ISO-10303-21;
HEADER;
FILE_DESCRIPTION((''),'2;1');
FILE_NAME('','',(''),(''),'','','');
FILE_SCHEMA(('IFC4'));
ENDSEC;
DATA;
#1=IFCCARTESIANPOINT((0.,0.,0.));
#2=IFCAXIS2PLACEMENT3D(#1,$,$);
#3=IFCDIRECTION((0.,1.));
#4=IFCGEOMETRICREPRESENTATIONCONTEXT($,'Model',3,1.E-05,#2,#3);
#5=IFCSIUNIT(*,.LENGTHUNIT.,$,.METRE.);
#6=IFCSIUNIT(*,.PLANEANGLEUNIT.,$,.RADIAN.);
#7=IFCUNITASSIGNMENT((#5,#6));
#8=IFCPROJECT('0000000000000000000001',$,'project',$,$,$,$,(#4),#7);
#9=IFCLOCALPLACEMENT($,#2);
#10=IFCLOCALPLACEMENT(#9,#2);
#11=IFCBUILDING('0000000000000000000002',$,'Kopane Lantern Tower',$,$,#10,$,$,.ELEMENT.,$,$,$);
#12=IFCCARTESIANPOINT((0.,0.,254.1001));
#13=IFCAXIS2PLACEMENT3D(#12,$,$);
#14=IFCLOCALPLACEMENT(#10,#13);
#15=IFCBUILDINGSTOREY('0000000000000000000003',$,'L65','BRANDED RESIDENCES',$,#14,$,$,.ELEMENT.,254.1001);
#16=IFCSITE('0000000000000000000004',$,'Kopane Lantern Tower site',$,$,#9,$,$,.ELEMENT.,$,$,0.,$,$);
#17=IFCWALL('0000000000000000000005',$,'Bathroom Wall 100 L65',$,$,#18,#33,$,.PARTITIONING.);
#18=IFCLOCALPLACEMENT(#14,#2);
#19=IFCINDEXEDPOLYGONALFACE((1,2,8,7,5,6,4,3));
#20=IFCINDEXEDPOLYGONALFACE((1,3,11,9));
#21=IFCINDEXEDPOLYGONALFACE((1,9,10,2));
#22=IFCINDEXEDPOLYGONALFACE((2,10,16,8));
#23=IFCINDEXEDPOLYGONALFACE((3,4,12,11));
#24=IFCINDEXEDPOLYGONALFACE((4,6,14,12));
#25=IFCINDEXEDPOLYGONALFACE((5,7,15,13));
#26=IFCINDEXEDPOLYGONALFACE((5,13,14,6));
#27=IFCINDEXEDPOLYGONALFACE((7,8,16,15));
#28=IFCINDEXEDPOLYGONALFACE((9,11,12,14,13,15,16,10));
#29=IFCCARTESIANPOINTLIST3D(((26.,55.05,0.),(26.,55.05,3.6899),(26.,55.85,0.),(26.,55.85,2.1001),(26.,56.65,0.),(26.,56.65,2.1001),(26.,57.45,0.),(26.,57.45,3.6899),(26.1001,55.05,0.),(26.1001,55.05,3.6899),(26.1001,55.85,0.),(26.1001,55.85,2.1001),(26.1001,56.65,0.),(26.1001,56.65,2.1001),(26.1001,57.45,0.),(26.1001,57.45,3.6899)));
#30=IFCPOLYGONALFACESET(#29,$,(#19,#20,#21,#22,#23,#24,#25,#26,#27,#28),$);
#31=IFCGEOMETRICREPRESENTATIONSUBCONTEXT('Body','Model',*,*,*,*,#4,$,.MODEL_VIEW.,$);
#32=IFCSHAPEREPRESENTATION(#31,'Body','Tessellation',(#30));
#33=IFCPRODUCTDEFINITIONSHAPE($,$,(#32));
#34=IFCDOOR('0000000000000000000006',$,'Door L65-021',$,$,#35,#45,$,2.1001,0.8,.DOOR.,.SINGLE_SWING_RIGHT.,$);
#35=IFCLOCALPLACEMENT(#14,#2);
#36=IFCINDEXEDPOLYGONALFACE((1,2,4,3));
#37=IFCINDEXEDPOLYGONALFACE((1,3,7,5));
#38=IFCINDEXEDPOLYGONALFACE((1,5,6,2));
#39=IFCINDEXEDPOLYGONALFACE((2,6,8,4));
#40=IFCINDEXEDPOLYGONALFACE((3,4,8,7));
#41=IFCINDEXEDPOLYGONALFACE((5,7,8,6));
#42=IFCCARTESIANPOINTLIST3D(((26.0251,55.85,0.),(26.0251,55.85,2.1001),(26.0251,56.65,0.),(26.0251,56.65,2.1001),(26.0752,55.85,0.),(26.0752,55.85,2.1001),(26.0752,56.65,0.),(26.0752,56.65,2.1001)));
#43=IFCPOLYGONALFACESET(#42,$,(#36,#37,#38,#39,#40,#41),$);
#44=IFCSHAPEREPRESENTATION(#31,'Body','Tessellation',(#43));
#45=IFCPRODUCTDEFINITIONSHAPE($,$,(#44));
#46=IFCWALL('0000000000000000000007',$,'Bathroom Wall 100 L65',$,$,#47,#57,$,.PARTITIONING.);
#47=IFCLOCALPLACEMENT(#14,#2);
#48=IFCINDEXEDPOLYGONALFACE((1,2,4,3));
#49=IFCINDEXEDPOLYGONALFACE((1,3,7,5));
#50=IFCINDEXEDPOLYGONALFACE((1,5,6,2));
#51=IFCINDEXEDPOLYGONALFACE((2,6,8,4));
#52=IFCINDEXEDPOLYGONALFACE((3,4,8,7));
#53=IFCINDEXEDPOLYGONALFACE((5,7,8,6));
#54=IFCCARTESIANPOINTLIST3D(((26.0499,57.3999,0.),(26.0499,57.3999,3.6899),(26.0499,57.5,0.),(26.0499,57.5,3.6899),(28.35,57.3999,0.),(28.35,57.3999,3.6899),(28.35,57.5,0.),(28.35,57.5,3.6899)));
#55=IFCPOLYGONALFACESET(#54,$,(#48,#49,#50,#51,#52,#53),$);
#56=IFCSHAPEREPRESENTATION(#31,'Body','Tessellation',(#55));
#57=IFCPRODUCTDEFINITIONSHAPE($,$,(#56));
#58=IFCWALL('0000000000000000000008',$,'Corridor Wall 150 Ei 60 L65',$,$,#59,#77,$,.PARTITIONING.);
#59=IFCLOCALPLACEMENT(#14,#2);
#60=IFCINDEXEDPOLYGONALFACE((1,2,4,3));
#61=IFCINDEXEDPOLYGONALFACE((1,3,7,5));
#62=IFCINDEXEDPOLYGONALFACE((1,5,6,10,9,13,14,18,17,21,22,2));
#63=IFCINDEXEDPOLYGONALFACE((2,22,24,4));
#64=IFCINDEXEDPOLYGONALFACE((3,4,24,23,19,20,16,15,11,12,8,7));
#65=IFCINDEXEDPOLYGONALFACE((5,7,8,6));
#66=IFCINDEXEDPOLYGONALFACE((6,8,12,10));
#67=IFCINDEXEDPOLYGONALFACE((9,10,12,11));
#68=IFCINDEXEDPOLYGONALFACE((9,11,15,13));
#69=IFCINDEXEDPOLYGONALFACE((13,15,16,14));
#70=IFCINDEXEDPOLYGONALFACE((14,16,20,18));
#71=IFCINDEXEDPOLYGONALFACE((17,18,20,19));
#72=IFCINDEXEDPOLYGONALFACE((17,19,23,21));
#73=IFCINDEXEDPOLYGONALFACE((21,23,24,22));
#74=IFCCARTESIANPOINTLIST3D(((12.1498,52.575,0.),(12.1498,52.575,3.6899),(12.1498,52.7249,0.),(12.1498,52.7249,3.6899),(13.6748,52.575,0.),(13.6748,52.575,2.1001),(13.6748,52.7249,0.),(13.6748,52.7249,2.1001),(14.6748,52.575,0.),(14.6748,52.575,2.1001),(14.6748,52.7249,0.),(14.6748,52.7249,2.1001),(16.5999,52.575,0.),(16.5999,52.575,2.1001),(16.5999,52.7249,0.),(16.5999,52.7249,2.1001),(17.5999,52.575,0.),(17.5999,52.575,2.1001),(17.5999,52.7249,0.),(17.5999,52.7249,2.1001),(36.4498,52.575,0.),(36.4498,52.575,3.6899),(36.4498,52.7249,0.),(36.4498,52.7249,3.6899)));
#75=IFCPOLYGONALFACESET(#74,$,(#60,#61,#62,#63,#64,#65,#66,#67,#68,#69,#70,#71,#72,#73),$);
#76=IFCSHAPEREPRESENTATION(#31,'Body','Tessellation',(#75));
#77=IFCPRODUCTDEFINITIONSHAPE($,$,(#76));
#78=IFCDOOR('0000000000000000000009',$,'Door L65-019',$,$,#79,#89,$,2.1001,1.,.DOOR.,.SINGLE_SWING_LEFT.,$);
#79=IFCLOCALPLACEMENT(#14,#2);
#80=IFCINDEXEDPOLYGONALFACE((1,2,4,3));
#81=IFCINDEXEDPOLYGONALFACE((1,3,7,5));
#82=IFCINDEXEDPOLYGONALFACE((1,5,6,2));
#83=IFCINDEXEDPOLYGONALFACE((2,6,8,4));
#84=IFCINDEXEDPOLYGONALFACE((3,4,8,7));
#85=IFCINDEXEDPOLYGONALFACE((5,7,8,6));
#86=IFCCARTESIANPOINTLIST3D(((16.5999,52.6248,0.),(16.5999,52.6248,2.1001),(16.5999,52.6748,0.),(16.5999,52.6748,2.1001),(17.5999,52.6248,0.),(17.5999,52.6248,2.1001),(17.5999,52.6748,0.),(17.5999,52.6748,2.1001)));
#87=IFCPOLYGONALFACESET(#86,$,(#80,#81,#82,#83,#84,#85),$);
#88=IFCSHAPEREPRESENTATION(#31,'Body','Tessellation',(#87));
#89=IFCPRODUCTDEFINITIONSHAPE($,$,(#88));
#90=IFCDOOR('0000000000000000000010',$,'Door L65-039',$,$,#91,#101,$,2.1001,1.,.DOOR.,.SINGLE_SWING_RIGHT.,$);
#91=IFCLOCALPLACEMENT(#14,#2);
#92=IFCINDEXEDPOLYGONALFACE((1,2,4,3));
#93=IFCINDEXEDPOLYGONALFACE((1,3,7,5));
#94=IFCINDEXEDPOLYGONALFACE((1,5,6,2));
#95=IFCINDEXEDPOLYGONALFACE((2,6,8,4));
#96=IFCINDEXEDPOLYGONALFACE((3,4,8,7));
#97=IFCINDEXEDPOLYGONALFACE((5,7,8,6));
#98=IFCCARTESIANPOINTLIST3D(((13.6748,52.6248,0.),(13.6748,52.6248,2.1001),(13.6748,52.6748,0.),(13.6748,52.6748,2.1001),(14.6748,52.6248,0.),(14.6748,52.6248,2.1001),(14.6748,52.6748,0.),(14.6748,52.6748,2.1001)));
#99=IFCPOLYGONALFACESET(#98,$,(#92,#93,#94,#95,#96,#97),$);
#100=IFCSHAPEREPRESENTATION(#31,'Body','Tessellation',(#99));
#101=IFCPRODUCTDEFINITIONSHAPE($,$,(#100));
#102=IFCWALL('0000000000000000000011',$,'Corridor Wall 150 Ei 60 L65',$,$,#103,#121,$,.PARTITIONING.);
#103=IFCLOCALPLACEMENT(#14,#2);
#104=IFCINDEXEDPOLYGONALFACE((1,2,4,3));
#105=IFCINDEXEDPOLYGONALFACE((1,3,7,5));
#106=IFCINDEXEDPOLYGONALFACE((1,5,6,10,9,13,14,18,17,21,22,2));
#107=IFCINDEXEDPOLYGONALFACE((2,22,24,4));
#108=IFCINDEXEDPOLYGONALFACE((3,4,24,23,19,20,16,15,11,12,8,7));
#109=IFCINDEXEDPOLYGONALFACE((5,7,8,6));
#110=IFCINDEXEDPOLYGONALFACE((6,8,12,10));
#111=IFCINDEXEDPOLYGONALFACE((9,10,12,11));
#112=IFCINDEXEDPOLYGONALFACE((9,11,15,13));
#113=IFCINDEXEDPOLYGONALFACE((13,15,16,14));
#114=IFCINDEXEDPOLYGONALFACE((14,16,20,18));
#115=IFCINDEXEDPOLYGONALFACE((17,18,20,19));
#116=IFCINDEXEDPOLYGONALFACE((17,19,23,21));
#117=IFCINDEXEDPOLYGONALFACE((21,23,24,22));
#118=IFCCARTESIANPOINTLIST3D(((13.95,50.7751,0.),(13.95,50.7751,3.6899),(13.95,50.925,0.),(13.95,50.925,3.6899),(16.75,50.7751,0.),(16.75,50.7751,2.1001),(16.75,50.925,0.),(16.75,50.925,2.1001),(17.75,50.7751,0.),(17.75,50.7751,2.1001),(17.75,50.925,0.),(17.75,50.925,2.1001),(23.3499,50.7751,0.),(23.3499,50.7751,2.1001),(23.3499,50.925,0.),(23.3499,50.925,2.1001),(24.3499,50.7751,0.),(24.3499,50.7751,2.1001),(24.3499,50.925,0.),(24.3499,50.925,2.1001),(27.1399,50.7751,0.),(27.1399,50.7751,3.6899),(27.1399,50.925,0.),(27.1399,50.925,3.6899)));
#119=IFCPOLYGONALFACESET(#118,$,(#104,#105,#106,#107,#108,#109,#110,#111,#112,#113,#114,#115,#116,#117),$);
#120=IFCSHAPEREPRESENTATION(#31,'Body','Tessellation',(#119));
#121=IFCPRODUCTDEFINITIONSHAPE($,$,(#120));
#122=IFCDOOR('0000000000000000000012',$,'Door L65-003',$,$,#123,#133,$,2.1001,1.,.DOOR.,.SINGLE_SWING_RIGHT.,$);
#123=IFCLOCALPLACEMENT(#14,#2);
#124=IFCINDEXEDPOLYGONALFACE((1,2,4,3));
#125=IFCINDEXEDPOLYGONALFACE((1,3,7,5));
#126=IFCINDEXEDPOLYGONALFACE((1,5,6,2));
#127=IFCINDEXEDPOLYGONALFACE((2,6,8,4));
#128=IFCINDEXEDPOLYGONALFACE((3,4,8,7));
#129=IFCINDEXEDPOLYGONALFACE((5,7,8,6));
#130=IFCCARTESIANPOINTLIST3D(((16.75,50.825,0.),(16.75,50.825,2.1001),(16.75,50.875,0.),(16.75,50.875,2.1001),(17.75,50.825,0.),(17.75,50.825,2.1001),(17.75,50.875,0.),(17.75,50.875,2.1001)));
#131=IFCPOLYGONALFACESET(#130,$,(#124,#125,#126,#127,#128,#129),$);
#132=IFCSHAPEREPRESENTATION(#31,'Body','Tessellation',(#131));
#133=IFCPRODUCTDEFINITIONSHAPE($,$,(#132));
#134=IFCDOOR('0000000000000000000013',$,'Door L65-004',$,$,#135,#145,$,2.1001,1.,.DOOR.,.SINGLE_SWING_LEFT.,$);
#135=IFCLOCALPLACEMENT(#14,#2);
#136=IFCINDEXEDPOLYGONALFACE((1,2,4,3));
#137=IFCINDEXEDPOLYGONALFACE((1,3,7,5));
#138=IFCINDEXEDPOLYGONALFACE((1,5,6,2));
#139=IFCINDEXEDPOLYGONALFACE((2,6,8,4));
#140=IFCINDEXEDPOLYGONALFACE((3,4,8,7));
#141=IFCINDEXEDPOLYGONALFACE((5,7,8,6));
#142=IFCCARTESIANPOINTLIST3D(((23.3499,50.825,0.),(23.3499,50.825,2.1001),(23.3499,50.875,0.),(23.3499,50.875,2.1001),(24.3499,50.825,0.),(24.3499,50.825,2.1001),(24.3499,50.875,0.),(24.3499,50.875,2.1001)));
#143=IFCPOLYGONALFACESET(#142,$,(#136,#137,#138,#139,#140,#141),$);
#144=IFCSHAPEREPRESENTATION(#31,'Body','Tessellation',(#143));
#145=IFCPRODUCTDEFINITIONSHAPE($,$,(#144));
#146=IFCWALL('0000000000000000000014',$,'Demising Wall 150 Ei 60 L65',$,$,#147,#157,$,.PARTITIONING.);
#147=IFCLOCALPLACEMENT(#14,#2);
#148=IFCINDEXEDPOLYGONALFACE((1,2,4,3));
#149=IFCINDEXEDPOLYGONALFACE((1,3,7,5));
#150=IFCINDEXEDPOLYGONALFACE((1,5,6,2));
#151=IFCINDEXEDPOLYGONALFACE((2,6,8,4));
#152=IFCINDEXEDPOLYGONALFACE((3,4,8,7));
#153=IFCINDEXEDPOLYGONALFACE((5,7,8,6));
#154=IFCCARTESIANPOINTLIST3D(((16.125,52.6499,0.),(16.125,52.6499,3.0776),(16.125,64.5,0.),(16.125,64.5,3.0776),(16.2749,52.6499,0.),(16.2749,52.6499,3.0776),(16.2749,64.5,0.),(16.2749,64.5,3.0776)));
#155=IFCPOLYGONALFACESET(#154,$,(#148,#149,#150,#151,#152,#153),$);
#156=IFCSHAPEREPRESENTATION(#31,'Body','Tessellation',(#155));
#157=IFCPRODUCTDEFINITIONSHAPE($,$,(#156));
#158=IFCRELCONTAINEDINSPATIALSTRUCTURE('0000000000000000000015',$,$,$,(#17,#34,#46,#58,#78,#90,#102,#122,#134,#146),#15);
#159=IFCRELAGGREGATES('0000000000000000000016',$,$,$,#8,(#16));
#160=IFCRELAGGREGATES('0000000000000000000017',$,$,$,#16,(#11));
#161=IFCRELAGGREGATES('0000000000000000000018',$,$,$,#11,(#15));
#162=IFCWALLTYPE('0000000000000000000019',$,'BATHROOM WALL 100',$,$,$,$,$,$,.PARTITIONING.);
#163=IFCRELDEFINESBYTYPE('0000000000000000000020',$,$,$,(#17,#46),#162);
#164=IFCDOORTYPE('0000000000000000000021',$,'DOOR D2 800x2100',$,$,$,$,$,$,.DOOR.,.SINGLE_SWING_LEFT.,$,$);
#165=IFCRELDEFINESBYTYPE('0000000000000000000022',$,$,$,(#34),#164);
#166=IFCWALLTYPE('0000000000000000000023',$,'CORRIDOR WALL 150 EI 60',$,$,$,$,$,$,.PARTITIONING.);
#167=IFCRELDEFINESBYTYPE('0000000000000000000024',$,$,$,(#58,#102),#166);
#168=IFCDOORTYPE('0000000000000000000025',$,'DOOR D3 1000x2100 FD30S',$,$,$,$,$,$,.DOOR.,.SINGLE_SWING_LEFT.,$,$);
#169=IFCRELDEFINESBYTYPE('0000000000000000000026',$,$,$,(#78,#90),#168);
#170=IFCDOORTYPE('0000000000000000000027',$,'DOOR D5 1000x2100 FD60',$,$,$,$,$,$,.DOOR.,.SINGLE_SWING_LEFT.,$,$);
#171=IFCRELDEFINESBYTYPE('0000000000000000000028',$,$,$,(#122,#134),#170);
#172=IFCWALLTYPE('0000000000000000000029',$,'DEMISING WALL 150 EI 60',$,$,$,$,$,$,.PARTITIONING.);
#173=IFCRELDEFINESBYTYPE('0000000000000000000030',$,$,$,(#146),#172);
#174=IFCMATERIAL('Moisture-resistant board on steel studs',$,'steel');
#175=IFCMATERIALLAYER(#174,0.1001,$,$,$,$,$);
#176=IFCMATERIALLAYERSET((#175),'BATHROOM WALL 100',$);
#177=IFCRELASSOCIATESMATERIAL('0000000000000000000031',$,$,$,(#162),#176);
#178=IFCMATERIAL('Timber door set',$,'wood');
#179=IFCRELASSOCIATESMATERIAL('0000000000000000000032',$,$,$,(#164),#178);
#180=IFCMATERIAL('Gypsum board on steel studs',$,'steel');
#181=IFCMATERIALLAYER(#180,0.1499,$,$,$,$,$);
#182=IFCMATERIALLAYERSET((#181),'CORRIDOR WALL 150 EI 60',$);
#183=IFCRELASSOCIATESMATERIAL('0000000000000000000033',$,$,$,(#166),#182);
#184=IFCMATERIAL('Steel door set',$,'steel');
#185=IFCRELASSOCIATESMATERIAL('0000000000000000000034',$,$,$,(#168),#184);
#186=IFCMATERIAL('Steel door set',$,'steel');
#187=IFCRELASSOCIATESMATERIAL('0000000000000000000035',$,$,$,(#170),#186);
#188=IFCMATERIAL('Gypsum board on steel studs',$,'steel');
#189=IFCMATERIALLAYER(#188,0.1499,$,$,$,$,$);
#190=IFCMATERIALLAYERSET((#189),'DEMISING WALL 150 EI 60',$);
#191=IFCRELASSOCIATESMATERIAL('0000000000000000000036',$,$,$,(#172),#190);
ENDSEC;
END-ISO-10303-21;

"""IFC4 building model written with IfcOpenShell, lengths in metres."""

from ifc_helpers import new_model, si_unit, direction, frame, frame_2d, origin, place, context, subcontext, project, spatial, rectangle, extrude, material, layer, layer_set, type_object, element, fill, save


model = new_model("IFC4")

# Units and contexts
model_context = context("Model", 3, precision=1e-05, world=origin(), true_north=direction((0.0, 1.0)))
body_context = subcontext(model_context, "Body", "Model", "MODEL_VIEW")
ifc_project = project(units=[si_unit("LENGTHUNIT", "METRE"), si_unit("PLANEANGLEUNIT", "RADIAN")], contexts=[model_context])

# Site, building, storey
site_placement = place(None, origin())
site = spatial("IfcSite", under=ifc_project, at=site_placement, Name="Kopane Lantern Tower site", CompositionType="ELEMENT", RefElevation=0.0)
building_placement = place(site_placement, origin())
building = spatial("IfcBuilding", under=site, at=building_placement, Name="Kopane Lantern Tower", CompositionType="ELEMENT")
storey_placement = place(building_placement, frame((0.0, 0.0, 254.1001)))
storey = spatial("IfcBuildingStorey", under=building, at=storey_placement, Name="L65", Description="BRANDED RESIDENCES", CompositionType="ELEMENT", Elevation=254.1001)

# Wall, opening, door
ifc_material_1 = material(Name="Moisture-resistant board on steel studs", Category="steel")
ifc_layer_1 = layer(ifc_material_1, 0.1001)
ifc_layer_set_1 = layer_set([ifc_layer_1], Name="BATHROOM WALL 100")
wall_type_1 = type_object("IfcWallType", Name="BATHROOM WALL 100", PredefinedType="PARTITIONING", material=ifc_layer_set_1)
wall_1_placement = place(storey_placement, frame((26.05, 55.05, 0.0), z_axis=(0.0, 0.0, 1.0), x_axis=(0.0, 1.0, 0.0)))
wall_1 = element("IfcWall", 1, at=wall_1_placement, inside=storey, type_object=wall_type_1, Name="Bathroom Wall 100 L65", PredefinedType="PARTITIONING", context=body_context, shape_type="SweptSolid", body=[
    extrude(rectangle(XDim=2.3999, YDim=0.1001, at=frame_2d((1.2, 0.0))), origin(), (0.0, 0.0, 1.0), 3.6899),
])
opening_1_placement = place(wall_1_placement, frame((0.8, 0.0, 0.0)))
opening_1 = element("IfcOpeningElement", 2, at=opening_1_placement, cuts=wall_1, PredefinedType="OPENING", context=body_context, shape_type="SweptSolid", body=[
    extrude(rectangle(XDim=0.8, YDim=2.1001, at=frame_2d((0.3999, 1.05))), frame((0.0, 0.0601, 0.0), z_axis=(0.0, -1.0, 0.0), x_axis=(1.0, 0.0, 0.0)), (0.0, 0.0, 1.0), 0.1201),
])
ifc_material_2 = material(Name="Timber door set", Category="wood")
door_type_1 = type_object("IfcDoorType", Name="DOOR D2 800x2100", OperationType="SINGLE_SWING_LEFT", PredefinedType="DOOR", material=ifc_material_2)
door_1_placement = place(opening_1_placement, origin())
door_1 = element("IfcDoor", 3, at=door_1_placement, inside=storey, type_object=door_type_1, Name="Door L65-021", OperationType="SINGLE_SWING_RIGHT", OverallHeight=2.1001, OverallWidth=0.8, PredefinedType="DOOR", context=body_context, shape_type="SweptSolid", body=[
    extrude(rectangle(XDim=0.8, YDim=2.1001, at=frame_2d((0.3999, 1.05))), frame((0.0, 0.0249, 0.0), z_axis=(0.0, -1.0, 0.0), x_axis=(1.0, 0.0, 0.0)), (0.0, 0.0, 1.0), 0.05),
])
fill(opening_1, door_1)

# Wall
wall_2_placement = place(storey_placement, frame((26.05, 57.45, 0.0), z_axis=(0.0, 0.0, 1.0), x_axis=(1.0, 0.0, 0.0)))
element("IfcWall", 4, at=wall_2_placement, inside=storey, type_object=wall_type_1, Name="Bathroom Wall 100 L65", PredefinedType="PARTITIONING", context=body_context, shape_type="SweptSolid", body=[
    extrude(rectangle(XDim=2.3, YDim=0.1001, at=frame_2d((1.1499, 0.0))), origin(), (0.0, 0.0, 1.0), 3.6899),
])

# Walls, openings, doors
ifc_material_3 = material(Name="Gypsum board on steel studs", Category="steel")
ifc_layer_2 = layer(ifc_material_3, 0.1499)
ifc_layer_set_2 = layer_set([ifc_layer_2], Name="CORRIDOR WALL 150 EI 60")
wall_type_2 = type_object("IfcWallType", Name="CORRIDOR WALL 150 EI 60", PredefinedType="PARTITIONING", material=ifc_layer_set_2)
wall_3_placement = place(storey_placement, frame((12.1499, 52.6499, 0.0), z_axis=(0.0, 0.0, 1.0), x_axis=(1.0, 0.0, 0.0)))
wall_3 = element("IfcWall", 5, at=wall_3_placement, inside=storey, type_object=wall_type_2, Name="Corridor Wall 150 Ei 60 L65", PredefinedType="PARTITIONING", context=body_context, shape_type="SweptSolid", body=[
    extrude(rectangle(XDim=24.3, YDim=0.1499, at=frame_2d((12.1499, 0.0))), origin(), (0.0, 0.0, 1.0), 3.6899),
])
opening_2_placement = place(wall_3_placement, frame((4.45, 0.0, 0.0)))
opening_2 = element("IfcOpeningElement", 6, at=opening_2_placement, cuts=wall_3, PredefinedType="OPENING", context=body_context, shape_type="SweptSolid", body=[
    extrude(rectangle(XDim=1.0, YDim=2.1001, at=frame_2d((0.5, 1.05))), frame((0.0, 0.085, 0.0), z_axis=(0.0, -1.0, 0.0), x_axis=(1.0, 0.0, 0.0)), (0.0, 0.0, 1.0), 0.1699),
])
opening_3_placement = place(wall_3_placement, frame((1.5249, 0.0, 0.0)))
opening_3 = element("IfcOpeningElement", 7, at=opening_3_placement, cuts=wall_3, PredefinedType="OPENING", context=body_context, shape_type="SweptSolid", body=[
    extrude(rectangle(XDim=1.0, YDim=2.1001, at=frame_2d((0.5, 1.05))), frame((0.0, 0.085, 0.0), z_axis=(0.0, -1.0, 0.0), x_axis=(1.0, 0.0, 0.0)), (0.0, 0.0, 1.0), 0.1699),
])
ifc_material_4 = material(Name="Steel door set", Category="steel")
door_type_2 = type_object("IfcDoorType", Name="DOOR D3 1000x2100 FD30S", OperationType="SINGLE_SWING_LEFT", PredefinedType="DOOR", material=ifc_material_4)
door_2_placement = place(opening_2_placement, origin())
door_2 = element("IfcDoor", 8, at=door_2_placement, inside=storey, type_object=door_type_2, Name="Door L65-019", OperationType="SINGLE_SWING_LEFT", OverallHeight=2.1001, OverallWidth=1.0, PredefinedType="DOOR", context=body_context, shape_type="SweptSolid", body=[
    extrude(rectangle(XDim=1.0, YDim=2.1001, at=frame_2d((0.5, 1.05))), frame((0.0, 0.0249, 0.0), z_axis=(0.0, -1.0, 0.0), x_axis=(1.0, 0.0, 0.0)), (0.0, 0.0, 1.0), 0.05),
])
fill(opening_2, door_2)
door_3_placement = place(opening_3_placement, origin())
door_3 = element("IfcDoor", 9, at=door_3_placement, inside=storey, type_object=door_type_2, Name="Door L65-039", OperationType="SINGLE_SWING_RIGHT", OverallHeight=2.1001, OverallWidth=1.0, PredefinedType="DOOR", context=body_context, shape_type="SweptSolid", body=[
    extrude(rectangle(XDim=1.0, YDim=2.1001, at=frame_2d((0.5, 1.05))), frame((0.0, 0.0249, 0.0), z_axis=(0.0, -1.0, 0.0), x_axis=(1.0, 0.0, 0.0)), (0.0, 0.0, 1.0), 0.05),
])
fill(opening_3, door_3)
wall_4_placement = place(storey_placement, frame((13.95, 50.8501, 0.0), z_axis=(0.0, 0.0, 1.0), x_axis=(1.0, 0.0, 0.0)))
wall_4 = element("IfcWall", 10, at=wall_4_placement, inside=storey, type_object=wall_type_2, Name="Corridor Wall 150 Ei 60 L65", PredefinedType="PARTITIONING", context=body_context, shape_type="SweptSolid", body=[
    extrude(rectangle(XDim=13.1899, YDim=0.1499, at=frame_2d((6.595, 0.0))), origin(), (0.0, 0.0, 1.0), 3.6899),
])
opening_4_placement = place(wall_4_placement, frame((2.8, 0.0, 0.0)))
opening_4 = element("IfcOpeningElement", 11, at=opening_4_placement, cuts=wall_4, PredefinedType="OPENING", context=body_context, shape_type="SweptSolid", body=[
    extrude(rectangle(XDim=1.0, YDim=2.1001, at=frame_2d((0.5, 1.05))), frame((0.0, 0.085, 0.0), z_axis=(0.0, -1.0, 0.0), x_axis=(1.0, 0.0, 0.0)), (0.0, 0.0, 1.0), 0.1699),
])
opening_5_placement = place(wall_4_placement, frame((9.3999, 0.0, 0.0)))
opening_5 = element("IfcOpeningElement", 12, at=opening_5_placement, cuts=wall_4, PredefinedType="OPENING", context=body_context, shape_type="SweptSolid", body=[
    extrude(rectangle(XDim=1.0, YDim=2.1001, at=frame_2d((0.5, 1.05))), frame((0.0, 0.085, 0.0), z_axis=(0.0, -1.0, 0.0), x_axis=(1.0, 0.0, 0.0)), (0.0, 0.0, 1.0), 0.1699),
])
ifc_material_5 = material(Name="Steel door set", Category="steel")
door_type_3 = type_object("IfcDoorType", Name="DOOR D5 1000x2100 FD60", OperationType="SINGLE_SWING_LEFT", PredefinedType="DOOR", material=ifc_material_5)
door_4_placement = place(opening_4_placement, origin())
door_4 = element("IfcDoor", 13, at=door_4_placement, inside=storey, type_object=door_type_3, Name="Door L65-003", OperationType="SINGLE_SWING_RIGHT", OverallHeight=2.1001, OverallWidth=1.0, PredefinedType="DOOR", context=body_context, shape_type="SweptSolid", body=[
    extrude(rectangle(XDim=1.0, YDim=2.1001, at=frame_2d((0.5, 1.05))), frame((0.0, 0.0249, 0.0), z_axis=(0.0, -1.0, 0.0), x_axis=(1.0, 0.0, 0.0)), (0.0, 0.0, 1.0), 0.05),
])
fill(opening_4, door_4)
door_5_placement = place(opening_5_placement, origin())
door_5 = element("IfcDoor", 14, at=door_5_placement, inside=storey, type_object=door_type_3, Name="Door L65-004", OperationType="SINGLE_SWING_LEFT", OverallHeight=2.1001, OverallWidth=1.0, PredefinedType="DOOR", context=body_context, shape_type="SweptSolid", body=[
    extrude(rectangle(XDim=1.0, YDim=2.1001, at=frame_2d((0.5, 1.05))), frame((0.0, 0.0249, 0.0), z_axis=(0.0, -1.0, 0.0), x_axis=(1.0, 0.0, 0.0)), (0.0, 0.0, 1.0), 0.05),
])
fill(opening_5, door_5)

# Wall
ifc_material_6 = material(Name="Gypsum board on steel studs", Category="steel")
ifc_layer_3 = layer(ifc_material_6, 0.1499)
ifc_layer_set_3 = layer_set([ifc_layer_3], Name="DEMISING WALL 150 EI 60")
wall_type_3 = type_object("IfcWallType", Name="DEMISING WALL 150 EI 60", PredefinedType="PARTITIONING", material=ifc_layer_set_3)
wall_5_placement = place(storey_placement, frame((16.2, 52.6499, 0.0), z_axis=(0.0, 0.0, 1.0), x_axis=(0.0, 1.0, 0.0)))
element("IfcWall", 15, at=wall_5_placement, inside=storey, type_object=wall_type_3, Name="Demising Wall 150 Ei 60 L65", PredefinedType="PARTITIONING", context=body_context, shape_type="SweptSolid", body=[
    extrude(rectangle(XDim=11.8501, YDim=0.1499, at=frame_2d((5.925, 0.0))), origin(), (0.0, 0.0, 1.0), 3.0776),
])

save(model, "model.ifc")
